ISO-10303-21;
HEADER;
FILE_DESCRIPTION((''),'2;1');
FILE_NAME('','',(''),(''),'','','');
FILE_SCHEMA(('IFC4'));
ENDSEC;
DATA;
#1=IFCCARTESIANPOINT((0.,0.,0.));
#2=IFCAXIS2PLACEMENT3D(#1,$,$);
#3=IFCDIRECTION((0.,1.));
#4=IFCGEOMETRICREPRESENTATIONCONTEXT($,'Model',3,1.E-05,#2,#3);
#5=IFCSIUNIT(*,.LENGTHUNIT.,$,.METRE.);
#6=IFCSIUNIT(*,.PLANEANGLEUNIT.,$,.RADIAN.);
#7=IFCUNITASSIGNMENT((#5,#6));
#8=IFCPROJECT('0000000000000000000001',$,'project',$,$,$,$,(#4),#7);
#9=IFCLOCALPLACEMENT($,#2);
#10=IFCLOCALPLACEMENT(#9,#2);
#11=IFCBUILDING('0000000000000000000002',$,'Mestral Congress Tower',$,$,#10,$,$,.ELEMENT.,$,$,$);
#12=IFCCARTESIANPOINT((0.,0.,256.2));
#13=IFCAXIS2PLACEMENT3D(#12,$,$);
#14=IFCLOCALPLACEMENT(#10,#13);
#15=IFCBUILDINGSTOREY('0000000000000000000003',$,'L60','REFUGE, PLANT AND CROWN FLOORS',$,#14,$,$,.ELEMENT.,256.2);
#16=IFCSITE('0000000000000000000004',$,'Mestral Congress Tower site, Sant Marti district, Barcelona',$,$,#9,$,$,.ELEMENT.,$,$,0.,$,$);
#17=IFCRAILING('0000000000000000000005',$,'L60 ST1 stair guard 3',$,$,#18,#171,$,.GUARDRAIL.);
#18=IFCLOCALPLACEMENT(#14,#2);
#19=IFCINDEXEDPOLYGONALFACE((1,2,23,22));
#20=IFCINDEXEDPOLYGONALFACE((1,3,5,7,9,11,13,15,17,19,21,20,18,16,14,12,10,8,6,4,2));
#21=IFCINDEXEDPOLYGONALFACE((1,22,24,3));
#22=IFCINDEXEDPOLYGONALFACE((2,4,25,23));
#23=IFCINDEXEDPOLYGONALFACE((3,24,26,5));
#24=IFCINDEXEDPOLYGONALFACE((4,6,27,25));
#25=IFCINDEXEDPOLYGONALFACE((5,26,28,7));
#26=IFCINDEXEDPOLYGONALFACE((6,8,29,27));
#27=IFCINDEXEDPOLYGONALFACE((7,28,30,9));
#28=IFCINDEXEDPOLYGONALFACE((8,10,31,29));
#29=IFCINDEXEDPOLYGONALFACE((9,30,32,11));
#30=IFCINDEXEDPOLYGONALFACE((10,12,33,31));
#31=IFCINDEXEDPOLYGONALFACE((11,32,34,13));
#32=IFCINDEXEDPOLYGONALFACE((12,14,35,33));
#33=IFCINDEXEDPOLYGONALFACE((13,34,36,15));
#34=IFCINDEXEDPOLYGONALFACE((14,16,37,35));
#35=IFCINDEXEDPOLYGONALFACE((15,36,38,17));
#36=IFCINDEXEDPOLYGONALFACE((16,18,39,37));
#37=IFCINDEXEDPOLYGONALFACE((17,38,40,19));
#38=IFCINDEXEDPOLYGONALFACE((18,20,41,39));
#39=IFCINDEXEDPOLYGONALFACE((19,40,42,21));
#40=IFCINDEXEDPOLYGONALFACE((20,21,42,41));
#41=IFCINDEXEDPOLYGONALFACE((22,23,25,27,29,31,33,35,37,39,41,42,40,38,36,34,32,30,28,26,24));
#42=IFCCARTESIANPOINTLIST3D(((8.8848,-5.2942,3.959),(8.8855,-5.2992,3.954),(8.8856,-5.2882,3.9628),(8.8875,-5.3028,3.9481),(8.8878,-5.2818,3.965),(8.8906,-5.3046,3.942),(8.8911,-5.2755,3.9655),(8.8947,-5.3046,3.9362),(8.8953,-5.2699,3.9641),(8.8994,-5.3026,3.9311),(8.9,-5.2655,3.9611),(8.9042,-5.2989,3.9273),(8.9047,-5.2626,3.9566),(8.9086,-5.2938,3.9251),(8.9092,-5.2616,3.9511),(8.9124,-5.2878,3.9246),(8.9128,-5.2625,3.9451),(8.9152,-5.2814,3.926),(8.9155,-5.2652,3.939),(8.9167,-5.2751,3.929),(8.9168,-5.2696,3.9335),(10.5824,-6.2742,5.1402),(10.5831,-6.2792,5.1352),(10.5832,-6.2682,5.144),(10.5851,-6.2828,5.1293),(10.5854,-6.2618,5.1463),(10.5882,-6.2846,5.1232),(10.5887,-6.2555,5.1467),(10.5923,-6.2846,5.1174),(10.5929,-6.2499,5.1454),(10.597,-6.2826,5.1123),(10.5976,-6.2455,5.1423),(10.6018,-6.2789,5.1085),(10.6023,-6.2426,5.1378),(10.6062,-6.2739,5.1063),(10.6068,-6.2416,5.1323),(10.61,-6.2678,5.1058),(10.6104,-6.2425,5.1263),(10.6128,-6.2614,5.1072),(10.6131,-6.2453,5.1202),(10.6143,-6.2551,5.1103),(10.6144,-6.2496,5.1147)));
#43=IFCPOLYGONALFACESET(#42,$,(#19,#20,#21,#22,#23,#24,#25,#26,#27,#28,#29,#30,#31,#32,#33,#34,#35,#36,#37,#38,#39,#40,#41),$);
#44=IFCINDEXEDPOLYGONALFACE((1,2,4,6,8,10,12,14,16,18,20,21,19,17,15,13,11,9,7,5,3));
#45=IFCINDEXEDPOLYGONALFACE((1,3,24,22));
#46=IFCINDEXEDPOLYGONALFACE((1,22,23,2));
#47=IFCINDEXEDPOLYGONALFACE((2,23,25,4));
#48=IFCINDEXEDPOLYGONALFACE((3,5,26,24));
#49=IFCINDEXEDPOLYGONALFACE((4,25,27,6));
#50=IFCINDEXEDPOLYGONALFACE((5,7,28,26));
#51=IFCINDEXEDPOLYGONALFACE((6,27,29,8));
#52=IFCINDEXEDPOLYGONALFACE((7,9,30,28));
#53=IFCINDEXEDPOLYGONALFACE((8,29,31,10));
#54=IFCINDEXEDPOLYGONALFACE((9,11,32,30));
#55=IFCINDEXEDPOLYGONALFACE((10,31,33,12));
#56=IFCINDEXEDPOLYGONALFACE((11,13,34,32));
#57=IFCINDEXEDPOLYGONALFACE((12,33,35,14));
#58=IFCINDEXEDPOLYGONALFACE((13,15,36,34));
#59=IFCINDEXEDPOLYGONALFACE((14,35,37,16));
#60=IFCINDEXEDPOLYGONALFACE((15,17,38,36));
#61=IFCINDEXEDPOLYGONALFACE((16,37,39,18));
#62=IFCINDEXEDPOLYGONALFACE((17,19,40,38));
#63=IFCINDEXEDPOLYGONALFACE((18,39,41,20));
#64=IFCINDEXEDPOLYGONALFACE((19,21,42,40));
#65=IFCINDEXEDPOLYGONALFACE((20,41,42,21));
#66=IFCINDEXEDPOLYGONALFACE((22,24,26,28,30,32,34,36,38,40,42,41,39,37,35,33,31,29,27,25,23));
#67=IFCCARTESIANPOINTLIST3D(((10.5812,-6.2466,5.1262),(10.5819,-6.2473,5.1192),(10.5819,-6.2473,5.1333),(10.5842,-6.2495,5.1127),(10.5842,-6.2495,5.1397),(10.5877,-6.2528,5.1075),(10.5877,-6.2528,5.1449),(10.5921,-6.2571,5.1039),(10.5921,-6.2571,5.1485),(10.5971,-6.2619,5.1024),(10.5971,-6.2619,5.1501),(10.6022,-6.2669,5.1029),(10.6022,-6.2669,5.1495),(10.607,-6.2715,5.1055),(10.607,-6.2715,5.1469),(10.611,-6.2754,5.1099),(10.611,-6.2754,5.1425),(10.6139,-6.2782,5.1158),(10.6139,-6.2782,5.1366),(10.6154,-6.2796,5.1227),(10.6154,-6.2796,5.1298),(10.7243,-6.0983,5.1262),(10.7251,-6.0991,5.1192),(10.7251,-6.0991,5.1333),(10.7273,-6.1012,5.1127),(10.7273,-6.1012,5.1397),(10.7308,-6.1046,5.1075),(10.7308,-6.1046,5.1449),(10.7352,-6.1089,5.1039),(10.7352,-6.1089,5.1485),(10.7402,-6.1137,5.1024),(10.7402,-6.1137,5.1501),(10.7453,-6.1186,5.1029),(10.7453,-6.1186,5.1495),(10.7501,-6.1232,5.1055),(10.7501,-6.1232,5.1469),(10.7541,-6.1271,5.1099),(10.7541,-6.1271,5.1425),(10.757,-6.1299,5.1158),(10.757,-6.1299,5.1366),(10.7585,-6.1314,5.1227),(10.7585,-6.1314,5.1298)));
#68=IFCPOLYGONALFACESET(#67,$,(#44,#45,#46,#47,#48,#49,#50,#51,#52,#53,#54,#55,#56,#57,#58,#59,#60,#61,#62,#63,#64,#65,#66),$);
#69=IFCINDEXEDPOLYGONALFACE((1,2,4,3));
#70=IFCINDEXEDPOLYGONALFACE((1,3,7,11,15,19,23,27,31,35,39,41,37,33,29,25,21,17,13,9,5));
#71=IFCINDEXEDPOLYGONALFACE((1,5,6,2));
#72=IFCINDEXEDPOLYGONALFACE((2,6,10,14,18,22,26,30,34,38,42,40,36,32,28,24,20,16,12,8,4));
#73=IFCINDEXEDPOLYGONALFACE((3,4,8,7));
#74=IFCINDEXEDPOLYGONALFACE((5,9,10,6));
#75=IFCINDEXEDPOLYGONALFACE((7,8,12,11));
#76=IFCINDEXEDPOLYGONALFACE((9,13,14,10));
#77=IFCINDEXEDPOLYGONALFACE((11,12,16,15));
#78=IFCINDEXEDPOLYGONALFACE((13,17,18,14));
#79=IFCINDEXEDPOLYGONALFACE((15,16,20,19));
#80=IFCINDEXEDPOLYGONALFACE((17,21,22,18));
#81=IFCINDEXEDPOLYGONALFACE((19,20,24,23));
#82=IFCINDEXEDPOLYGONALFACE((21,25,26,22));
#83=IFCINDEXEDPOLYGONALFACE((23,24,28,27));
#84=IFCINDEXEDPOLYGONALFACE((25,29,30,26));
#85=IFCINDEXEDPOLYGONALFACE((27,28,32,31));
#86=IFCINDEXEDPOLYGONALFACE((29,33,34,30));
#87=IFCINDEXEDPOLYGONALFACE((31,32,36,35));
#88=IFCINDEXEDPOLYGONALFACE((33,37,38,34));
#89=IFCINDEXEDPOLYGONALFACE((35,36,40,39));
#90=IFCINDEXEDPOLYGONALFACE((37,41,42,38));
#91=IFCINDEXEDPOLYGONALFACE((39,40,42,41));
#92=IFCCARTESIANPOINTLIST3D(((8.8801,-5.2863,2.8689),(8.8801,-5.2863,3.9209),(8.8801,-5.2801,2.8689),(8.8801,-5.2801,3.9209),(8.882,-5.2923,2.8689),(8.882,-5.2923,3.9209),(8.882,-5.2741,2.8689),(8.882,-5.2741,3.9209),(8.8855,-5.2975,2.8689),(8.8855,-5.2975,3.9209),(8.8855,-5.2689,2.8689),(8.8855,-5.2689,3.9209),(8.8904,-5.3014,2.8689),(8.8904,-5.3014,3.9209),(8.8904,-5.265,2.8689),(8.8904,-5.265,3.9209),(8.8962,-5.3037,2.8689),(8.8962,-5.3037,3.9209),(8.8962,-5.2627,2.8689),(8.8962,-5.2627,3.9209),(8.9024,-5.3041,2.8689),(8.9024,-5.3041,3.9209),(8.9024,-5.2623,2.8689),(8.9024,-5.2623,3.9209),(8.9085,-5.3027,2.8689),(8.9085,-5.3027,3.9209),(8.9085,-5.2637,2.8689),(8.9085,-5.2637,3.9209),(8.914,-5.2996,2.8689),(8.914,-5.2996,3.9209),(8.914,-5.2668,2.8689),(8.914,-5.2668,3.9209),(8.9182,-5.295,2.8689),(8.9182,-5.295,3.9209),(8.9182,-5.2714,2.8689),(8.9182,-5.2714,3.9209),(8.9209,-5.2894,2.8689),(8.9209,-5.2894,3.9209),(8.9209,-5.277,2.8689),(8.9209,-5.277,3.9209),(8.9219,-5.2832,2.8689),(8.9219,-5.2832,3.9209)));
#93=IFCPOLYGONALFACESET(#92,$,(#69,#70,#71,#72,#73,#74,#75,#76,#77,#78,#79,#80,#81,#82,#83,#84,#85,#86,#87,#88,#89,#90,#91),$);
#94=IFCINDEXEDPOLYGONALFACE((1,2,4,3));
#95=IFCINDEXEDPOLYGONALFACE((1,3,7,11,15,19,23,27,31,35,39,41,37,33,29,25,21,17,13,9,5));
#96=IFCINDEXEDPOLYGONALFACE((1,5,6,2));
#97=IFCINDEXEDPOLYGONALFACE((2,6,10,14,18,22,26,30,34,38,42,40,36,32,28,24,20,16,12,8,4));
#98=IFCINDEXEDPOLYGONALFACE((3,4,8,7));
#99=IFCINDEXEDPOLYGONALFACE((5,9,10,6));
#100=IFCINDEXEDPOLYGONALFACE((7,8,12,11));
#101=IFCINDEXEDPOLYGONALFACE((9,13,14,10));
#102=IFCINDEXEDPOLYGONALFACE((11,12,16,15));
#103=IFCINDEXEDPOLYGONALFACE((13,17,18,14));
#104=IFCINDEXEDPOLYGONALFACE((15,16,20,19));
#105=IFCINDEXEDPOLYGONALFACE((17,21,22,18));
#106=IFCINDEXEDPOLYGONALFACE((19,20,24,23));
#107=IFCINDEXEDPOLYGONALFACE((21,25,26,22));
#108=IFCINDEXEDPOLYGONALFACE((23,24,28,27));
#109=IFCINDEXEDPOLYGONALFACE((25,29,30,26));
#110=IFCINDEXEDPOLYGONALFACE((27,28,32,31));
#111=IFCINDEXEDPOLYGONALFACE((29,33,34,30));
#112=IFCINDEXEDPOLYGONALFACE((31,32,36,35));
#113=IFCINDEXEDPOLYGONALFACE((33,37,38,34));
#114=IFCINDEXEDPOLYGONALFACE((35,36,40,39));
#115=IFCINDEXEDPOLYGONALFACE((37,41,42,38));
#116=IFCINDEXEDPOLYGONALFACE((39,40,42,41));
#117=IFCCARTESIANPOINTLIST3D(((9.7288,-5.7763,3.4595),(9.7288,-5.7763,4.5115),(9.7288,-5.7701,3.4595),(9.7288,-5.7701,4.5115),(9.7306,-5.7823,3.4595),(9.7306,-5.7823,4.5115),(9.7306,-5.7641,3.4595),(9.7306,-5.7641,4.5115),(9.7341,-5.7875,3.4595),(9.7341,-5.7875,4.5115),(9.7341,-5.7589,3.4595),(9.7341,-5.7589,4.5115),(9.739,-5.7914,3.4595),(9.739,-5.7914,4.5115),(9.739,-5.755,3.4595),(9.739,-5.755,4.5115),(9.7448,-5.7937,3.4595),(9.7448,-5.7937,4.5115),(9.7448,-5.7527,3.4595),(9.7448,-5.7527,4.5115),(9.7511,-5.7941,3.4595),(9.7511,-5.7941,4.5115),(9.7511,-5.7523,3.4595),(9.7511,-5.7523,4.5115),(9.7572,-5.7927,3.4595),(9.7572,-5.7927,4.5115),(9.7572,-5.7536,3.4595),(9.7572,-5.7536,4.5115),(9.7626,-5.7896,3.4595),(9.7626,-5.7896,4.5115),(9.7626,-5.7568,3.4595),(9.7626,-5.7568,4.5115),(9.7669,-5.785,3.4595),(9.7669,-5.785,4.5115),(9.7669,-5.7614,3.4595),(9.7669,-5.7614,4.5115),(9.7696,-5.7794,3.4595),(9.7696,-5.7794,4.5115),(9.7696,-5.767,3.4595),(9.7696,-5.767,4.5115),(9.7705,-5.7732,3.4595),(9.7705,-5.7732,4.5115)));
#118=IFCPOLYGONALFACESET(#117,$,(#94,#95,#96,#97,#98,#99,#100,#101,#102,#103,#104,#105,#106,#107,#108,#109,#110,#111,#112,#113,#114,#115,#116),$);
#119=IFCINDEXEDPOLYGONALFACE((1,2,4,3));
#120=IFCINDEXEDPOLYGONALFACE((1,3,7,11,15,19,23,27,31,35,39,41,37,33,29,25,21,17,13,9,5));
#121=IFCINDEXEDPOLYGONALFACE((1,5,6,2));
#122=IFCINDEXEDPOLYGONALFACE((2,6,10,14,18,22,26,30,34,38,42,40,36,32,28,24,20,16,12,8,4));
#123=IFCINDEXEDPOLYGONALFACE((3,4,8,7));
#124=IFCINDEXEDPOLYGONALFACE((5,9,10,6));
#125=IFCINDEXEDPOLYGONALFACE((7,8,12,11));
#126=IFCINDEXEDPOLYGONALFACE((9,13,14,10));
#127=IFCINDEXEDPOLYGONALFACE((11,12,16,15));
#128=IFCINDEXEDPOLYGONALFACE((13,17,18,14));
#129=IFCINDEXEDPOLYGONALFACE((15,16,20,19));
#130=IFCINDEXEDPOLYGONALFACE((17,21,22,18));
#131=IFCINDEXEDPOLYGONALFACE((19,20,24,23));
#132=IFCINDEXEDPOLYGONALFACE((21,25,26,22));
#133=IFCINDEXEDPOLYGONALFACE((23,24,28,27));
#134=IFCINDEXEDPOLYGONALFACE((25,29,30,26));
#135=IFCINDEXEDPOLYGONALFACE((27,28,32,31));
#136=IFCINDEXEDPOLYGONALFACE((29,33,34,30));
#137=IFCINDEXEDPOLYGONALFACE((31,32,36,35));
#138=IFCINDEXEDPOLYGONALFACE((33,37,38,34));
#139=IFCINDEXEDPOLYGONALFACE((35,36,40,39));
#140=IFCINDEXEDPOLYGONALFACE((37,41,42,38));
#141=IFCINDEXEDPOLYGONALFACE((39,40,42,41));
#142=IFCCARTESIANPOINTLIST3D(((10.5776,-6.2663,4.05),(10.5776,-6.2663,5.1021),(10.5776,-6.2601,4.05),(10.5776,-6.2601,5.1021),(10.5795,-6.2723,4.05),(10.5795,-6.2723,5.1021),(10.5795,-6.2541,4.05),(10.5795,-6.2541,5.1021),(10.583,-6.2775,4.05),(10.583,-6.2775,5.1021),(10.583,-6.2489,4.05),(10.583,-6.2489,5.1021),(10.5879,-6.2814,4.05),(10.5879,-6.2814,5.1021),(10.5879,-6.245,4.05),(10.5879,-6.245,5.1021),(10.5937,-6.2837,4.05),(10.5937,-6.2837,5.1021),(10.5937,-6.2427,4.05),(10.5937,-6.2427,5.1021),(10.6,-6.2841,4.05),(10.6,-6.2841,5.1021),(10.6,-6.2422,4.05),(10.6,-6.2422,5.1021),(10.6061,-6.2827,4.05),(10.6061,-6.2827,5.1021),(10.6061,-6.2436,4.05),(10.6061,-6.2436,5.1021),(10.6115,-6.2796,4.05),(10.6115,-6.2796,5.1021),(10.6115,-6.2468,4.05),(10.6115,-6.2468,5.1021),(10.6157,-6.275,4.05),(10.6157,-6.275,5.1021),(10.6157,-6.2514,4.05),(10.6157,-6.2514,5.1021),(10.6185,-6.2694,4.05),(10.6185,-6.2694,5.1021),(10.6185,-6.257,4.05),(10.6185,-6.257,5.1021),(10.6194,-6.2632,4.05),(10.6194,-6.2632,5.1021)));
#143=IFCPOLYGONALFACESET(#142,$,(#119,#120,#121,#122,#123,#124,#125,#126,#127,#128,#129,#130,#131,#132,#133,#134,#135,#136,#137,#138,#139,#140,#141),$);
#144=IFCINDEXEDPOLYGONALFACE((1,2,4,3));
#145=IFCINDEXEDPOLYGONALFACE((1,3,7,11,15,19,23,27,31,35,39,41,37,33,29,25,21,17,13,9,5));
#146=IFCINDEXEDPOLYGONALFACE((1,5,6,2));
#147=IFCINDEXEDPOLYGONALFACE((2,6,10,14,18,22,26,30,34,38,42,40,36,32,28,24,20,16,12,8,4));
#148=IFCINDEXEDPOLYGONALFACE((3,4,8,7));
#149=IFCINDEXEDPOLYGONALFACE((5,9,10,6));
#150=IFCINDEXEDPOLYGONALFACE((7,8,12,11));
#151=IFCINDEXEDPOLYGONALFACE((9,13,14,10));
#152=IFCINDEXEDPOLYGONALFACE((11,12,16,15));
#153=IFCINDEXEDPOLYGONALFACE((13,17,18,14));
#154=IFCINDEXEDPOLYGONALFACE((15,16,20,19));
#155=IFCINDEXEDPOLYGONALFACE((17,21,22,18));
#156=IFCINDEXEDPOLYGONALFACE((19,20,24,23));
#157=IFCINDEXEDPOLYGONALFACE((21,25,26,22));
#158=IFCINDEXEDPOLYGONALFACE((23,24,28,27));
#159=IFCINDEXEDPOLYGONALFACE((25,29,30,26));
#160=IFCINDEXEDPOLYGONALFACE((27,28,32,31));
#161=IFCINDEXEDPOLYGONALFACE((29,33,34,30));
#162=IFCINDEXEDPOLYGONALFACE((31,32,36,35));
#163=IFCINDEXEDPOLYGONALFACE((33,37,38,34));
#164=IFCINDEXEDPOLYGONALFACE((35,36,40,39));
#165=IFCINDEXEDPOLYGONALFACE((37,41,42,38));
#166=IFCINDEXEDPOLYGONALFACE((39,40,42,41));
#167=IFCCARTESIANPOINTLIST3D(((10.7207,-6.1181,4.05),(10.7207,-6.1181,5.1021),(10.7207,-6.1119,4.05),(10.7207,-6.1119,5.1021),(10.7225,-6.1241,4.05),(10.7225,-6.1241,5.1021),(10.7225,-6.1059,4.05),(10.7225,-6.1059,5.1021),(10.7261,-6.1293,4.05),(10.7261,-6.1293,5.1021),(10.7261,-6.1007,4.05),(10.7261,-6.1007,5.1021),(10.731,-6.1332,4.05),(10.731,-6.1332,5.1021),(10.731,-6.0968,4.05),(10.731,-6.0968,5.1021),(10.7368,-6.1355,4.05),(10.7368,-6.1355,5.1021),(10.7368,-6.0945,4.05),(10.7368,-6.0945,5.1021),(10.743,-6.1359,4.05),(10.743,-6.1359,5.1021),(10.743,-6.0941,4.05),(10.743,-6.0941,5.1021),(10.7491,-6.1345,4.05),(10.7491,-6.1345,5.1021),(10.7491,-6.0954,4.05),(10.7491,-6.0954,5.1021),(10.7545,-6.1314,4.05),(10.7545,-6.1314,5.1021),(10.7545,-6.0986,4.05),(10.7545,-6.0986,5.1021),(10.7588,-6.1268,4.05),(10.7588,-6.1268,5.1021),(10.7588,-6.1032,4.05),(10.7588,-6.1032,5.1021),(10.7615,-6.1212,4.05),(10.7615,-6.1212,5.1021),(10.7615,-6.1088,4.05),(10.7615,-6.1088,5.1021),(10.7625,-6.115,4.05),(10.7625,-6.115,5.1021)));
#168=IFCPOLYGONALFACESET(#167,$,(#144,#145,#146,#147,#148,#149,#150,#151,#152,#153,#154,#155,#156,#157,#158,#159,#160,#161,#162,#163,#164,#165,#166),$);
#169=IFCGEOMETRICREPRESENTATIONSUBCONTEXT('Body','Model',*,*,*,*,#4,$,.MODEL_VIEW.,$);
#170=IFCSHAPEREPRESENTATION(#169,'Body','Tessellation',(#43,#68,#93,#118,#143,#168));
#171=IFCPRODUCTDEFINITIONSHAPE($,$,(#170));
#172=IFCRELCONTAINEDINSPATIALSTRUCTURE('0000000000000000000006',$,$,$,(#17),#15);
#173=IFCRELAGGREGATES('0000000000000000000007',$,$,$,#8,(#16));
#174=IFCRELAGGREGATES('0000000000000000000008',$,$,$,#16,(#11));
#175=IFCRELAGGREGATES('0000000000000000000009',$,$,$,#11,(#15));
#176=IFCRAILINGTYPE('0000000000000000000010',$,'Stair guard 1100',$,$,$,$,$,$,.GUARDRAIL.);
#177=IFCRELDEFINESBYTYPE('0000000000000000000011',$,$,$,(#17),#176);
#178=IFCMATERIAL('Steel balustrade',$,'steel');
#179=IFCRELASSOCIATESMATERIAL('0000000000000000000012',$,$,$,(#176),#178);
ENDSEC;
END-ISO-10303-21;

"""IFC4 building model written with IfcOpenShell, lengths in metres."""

from ifc_helpers import new_model, si_unit, direction, frame, origin, origin_2d, place, context, subcontext, project, spatial, circle, extrude, material, type_object, element, save


model = new_model("IFC4")

# Units and contexts
model_context = context("Model", 3, precision=1e-05, world=origin(), true_north=direction((0.0, 1.0)))
body_context = subcontext(model_context, "Body", "Model", "MODEL_VIEW")
ifc_project = project(units=[si_unit("LENGTHUNIT", "METRE"), si_unit("PLANEANGLEUNIT", "RADIAN")], contexts=[model_context])

# Site, building, storey
site_placement = place(None, origin())
site = spatial("IfcSite", under=ifc_project, at=site_placement, Name="Mestral Congress Tower site, Sant Marti district, Barcelona", CompositionType="ELEMENT", RefElevation=0.0)
building_placement = place(site_placement, origin())
building = spatial("IfcBuilding", under=site, at=building_placement, Name="Mestral Congress Tower", CompositionType="ELEMENT")
storey_placement = place(building_placement, frame((0.0, 0.0, 256.2)))
storey = spatial("IfcBuildingStorey", under=building, at=storey_placement, Name="L60", Description="REFUGE, PLANT AND CROWN FLOORS", CompositionType="ELEMENT", Elevation=256.2)

# Railing
ifc_material_1 = material(Name="Steel balustrade", Category="steel")
railing_type = type_object("IfcRailingType", Name="Stair guard 1100", PredefinedType="GUARDRAIL", material=ifc_material_1)
railing_1_placement = place(storey_placement, frame((8.9009, -5.2832, 2.8689)))
element("IfcRailing", 1, at=railing_1_placement, inside=storey, type_object=railing_type, Name="L60 ST1 stair guard 3", PredefinedType="GUARDRAIL", context=body_context, shape_type="SweptSolid", body=[
    extrude(circle(Radius=0.0239, at=origin_2d()), frame((0.0, 0.0, 1.0762), z_axis=(0.741771, -0.428228, 0.516135), x_axis=(0.49997, 0.866042, 0.0)), (0.0, 0.0, 1.0), 2.2886),
    extrude(circle(Radius=0.0239, at=origin_2d()), frame((1.6975, -0.98, 2.2573), z_axis=(0.694552, 0.719442, 0.0), x_axis=(-0.719442, 0.694552, 0.0)), (0.0, 0.0, 1.0), 0.2061),
    extrude(circle(Radius=0.021, at=origin_2d()), origin(), (0.0, 0.0, 1.0), 1.052),
    extrude(circle(Radius=0.021, at=origin_2d()), frame((0.8486, -0.49, 0.5906)), (0.0, 0.0, 1.0), 1.052),
    extrude(circle(Radius=0.021, at=origin_2d()), frame((1.6975, -0.98, 1.1812)), (0.0, 0.0, 1.0), 1.052),
    extrude(circle(Radius=0.021, at=origin_2d()), frame((1.8406, -0.8318, 1.1812)), (0.0, 0.0, 1.0), 1.052),
])

save(model, "model.ifc")
